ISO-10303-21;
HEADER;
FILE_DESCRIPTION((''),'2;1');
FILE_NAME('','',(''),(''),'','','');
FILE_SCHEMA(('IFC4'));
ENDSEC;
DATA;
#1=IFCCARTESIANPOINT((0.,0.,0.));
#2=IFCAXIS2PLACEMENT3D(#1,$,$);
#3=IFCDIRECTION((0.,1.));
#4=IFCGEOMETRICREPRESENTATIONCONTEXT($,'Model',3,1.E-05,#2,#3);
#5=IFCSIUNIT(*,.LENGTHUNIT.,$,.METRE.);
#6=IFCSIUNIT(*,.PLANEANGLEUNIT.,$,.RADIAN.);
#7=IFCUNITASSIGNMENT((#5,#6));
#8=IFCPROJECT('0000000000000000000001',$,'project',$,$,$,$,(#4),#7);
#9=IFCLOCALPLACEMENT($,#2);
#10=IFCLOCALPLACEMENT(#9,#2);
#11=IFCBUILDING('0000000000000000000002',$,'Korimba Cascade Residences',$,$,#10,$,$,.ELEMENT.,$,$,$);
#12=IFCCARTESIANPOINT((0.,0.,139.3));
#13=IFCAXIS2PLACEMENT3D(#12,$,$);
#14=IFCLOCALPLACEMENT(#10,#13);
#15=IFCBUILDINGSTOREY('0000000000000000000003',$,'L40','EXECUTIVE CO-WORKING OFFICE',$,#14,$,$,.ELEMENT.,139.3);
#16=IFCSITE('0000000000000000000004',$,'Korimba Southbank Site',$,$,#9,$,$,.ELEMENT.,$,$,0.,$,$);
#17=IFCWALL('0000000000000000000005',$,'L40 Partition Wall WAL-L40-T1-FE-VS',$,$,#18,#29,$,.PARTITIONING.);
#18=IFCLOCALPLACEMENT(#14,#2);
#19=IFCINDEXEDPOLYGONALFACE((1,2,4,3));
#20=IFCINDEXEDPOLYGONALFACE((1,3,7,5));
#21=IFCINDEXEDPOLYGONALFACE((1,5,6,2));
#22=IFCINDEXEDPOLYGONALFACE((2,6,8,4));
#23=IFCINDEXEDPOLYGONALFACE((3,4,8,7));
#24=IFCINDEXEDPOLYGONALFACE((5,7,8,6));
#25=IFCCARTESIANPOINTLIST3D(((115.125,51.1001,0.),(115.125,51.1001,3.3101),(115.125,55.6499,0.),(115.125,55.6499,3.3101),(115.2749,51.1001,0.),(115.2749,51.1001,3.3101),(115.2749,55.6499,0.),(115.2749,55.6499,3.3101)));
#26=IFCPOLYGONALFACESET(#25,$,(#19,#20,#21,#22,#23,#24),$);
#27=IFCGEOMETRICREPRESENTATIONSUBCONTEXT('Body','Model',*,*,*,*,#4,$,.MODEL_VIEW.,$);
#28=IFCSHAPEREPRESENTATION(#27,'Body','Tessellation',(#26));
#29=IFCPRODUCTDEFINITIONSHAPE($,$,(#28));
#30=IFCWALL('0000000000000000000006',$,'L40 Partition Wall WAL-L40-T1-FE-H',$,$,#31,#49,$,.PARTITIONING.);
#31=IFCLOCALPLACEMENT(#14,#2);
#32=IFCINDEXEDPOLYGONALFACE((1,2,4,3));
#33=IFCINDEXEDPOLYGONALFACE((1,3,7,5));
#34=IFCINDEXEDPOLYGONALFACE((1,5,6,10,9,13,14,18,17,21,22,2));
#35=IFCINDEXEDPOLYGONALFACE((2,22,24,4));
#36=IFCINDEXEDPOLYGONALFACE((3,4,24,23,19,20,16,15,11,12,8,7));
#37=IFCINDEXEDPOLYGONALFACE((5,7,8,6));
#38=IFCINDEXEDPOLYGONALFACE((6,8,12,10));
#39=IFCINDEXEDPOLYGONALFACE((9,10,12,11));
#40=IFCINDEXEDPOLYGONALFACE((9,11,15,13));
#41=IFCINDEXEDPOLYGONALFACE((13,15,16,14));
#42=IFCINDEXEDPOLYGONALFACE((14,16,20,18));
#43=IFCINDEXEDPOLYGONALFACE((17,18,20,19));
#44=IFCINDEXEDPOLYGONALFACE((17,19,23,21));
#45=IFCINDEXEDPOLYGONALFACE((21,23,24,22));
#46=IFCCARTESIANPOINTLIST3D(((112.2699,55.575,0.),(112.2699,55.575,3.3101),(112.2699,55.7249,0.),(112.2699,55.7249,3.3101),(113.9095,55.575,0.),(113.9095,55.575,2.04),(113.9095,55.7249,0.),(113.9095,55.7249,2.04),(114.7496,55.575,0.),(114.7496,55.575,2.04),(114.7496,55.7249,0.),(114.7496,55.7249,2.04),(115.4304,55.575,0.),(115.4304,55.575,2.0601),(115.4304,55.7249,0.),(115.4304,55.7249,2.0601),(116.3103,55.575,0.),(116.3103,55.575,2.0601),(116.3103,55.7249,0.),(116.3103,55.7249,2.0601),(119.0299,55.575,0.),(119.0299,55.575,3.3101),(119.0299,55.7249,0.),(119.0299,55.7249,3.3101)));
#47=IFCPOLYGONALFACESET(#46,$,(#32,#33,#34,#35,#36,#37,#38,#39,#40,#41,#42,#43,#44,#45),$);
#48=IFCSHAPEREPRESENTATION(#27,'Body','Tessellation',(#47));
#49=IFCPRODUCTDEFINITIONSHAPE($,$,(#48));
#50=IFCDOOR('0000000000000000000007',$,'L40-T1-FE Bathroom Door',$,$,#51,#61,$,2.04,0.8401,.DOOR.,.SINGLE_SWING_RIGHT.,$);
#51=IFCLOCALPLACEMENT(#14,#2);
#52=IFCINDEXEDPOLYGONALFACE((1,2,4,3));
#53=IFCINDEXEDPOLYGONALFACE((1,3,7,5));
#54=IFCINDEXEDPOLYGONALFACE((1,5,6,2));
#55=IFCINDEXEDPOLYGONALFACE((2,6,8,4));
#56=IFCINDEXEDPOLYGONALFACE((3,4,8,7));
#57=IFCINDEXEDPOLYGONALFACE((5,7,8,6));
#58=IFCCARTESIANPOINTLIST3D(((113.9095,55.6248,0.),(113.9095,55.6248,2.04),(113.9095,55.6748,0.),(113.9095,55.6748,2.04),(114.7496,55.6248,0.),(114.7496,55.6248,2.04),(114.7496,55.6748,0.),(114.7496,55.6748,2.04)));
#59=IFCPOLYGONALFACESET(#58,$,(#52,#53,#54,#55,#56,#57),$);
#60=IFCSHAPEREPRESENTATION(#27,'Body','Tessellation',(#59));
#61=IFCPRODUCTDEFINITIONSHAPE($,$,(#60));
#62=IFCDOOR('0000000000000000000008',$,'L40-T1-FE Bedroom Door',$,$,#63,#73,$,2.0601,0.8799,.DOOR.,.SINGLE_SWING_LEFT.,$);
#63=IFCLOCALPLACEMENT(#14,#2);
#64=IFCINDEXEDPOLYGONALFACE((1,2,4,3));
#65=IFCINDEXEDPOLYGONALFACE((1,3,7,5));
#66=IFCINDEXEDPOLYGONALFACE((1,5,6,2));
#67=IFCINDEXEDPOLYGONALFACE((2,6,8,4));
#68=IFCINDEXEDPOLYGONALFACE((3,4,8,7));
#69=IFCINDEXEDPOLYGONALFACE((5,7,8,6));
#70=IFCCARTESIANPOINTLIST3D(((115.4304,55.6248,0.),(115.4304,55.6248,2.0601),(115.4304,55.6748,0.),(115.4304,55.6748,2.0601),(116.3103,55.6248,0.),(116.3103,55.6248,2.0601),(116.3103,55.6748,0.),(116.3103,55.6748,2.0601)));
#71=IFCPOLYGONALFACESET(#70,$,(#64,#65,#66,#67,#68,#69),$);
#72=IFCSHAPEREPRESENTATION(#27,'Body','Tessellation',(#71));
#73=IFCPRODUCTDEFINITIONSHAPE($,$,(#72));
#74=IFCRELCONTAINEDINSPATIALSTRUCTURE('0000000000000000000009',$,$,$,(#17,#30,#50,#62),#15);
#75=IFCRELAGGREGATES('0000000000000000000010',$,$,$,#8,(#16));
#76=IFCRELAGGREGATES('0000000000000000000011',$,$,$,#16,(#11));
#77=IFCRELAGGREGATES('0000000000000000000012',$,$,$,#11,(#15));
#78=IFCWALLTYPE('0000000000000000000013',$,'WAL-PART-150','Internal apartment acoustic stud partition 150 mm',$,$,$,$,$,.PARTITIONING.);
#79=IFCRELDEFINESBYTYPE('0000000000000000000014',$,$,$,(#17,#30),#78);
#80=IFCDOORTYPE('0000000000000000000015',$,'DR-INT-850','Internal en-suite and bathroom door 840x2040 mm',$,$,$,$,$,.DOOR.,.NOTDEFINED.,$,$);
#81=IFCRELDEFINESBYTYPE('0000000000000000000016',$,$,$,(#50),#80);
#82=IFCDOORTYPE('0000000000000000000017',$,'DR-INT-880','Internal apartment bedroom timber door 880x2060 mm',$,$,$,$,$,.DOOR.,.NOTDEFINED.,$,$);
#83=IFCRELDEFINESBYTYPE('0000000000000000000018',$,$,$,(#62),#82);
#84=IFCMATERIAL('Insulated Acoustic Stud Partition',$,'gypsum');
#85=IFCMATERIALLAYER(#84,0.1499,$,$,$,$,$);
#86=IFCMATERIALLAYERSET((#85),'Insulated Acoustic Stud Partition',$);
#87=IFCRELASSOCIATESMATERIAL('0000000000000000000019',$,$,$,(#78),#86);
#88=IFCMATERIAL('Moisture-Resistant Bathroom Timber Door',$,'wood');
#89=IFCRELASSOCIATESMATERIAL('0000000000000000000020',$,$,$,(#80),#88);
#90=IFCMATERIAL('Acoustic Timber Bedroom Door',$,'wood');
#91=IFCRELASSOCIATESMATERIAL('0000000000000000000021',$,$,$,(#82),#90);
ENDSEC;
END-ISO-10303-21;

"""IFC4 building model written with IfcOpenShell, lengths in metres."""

from ifc_helpers import new_model, si_unit, direction, frame, frame_2d, origin, place, context, subcontext, project, spatial, rectangle, extrude, material, layer, layer_set, type_object, element, fill, save


model = new_model("IFC4")

# Units and contexts
model_context = context("Model", 3, precision=1e-05, world=origin(), true_north=direction((0.0, 1.0)))
body_context = subcontext(model_context, "Body", "Model", "MODEL_VIEW")
ifc_project = project(units=[si_unit("LENGTHUNIT", "METRE"), si_unit("PLANEANGLEUNIT", "RADIAN")], contexts=[model_context])

# Site, building, storey
site_placement = place(None, origin())
site = spatial("IfcSite", under=ifc_project, at=site_placement, Name="Korimba Southbank Site", CompositionType="ELEMENT", RefElevation=0.0)
building_placement = place(site_placement, origin())
building = spatial("IfcBuilding", under=site, at=building_placement, Name="Korimba Cascade Residences", CompositionType="ELEMENT")
storey_placement = place(building_placement, frame((0.0, 0.0, 139.3)))
storey = spatial("IfcBuildingStorey", under=building, at=storey_placement, Name="L40", Description="EXECUTIVE CO-WORKING OFFICE", CompositionType="ELEMENT", Elevation=139.3)

# Shared definitions
ifc_material_1 = material(Name="Insulated Acoustic Stud Partition", Category="gypsum")
ifc_layer_1 = layer(ifc_material_1, 0.1499)
ifc_layer_set_1 = layer_set([ifc_layer_1], Name="Insulated Acoustic Stud Partition")
wall_type_1 = type_object("IfcWallType", Name="WAL-PART-150", Description="Internal apartment acoustic stud partition 150 mm", PredefinedType="PARTITIONING", material=ifc_layer_set_1)
ifc_material_2 = material(Name="Moisture-Resistant Bathroom Timber Door", Category="wood")
door_type_1 = type_object("IfcDoorType", Name="DR-INT-850", Description="Internal en-suite and bathroom door 840x2040 mm", OperationType="NOTDEFINED", PredefinedType="DOOR", material=ifc_material_2)
ifc_material_3 = material(Name="Acoustic Timber Bedroom Door", Category="wood")
door_type_2 = type_object("IfcDoorType", Name="DR-INT-880", Description="Internal apartment bedroom timber door 880x2060 mm", OperationType="NOTDEFINED", PredefinedType="DOOR", material=ifc_material_3)

# Wall
wall_1_placement = place(storey_placement, frame((115.2, 51.1001, 0.0), z_axis=(0.0, 0.0, 1.0), x_axis=(0.0, 1.0, 0.0)))
element("IfcWall", 1, at=wall_1_placement, inside=storey, type_object=wall_type_1, Name="L40 Partition Wall WAL-L40-T1-FE-VS", PredefinedType="PARTITIONING", context=body_context, shape_type="SweptSolid", body=[
    extrude(rectangle(XDim=4.5498, YDim=0.1499, at=frame_2d((2.2749, 0.0))), origin(), (0.0, 0.0, 1.0), 3.3101),
])

# Wall, openings, doors
wall_2_placement = place(storey_placement, frame((112.27, 55.6499, 0.0), z_axis=(0.0, 0.0, 1.0), x_axis=(1.0, 0.0, 0.0)))
wall_2 = element("IfcWall", 2, at=wall_2_placement, inside=storey, type_object=wall_type_1, Name="L40 Partition Wall WAL-L40-T1-FE-H", PredefinedType="PARTITIONING", context=body_context, shape_type="SweptSolid", body=[
    extrude(rectangle(XDim=6.76, YDim=0.1499, at=frame_2d((3.3799, 0.0))), origin(), (0.0, 0.0, 1.0), 3.3101),
])
opening_1_placement = place(wall_2_placement, frame((1.6396, 0.0, 0.0)))
opening_1 = element("IfcOpeningElement", 3, at=opening_1_placement, cuts=wall_2, PredefinedType="OPENING", context=body_context, shape_type="SweptSolid", body=[
    extrude(rectangle(XDim=0.8401, YDim=2.04, at=frame_2d((0.4199, 1.02))), frame((0.0, 0.085, 0.0), z_axis=(0.0, -1.0, 0.0), x_axis=(1.0, 0.0, 0.0)), (0.0, 0.0, 1.0), 0.1699),
])
opening_2_placement = place(wall_2_placement, frame((3.1604, 0.0, 0.0)))
opening_2 = element("IfcOpeningElement", 4, at=opening_2_placement, cuts=wall_2, PredefinedType="OPENING", context=body_context, shape_type="SweptSolid", body=[
    extrude(rectangle(XDim=0.8799, YDim=2.0601, at=frame_2d((0.4399, 1.03))), frame((0.0, 0.085, 0.0), z_axis=(0.0, -1.0, 0.0), x_axis=(1.0, 0.0, 0.0)), (0.0, 0.0, 1.0), 0.1699),
])
door_1_placement = place(opening_1_placement, origin())
door_1 = element("IfcDoor", 5, at=door_1_placement, inside=storey, type_object=door_type_1, Name="L40-T1-FE Bathroom Door", OperationType="SINGLE_SWING_RIGHT", OverallHeight=2.04, OverallWidth=0.8401, PredefinedType="DOOR", context=body_context, shape_type="SweptSolid", body=[
    extrude(rectangle(XDim=0.8401, YDim=2.04, at=frame_2d((0.4199, 1.02))), frame((0.0, 0.0249, 0.0), z_axis=(0.0, -1.0, 0.0), x_axis=(1.0, 0.0, 0.0)), (0.0, 0.0, 1.0), 0.05),
])
fill(opening_1, door_1)
door_2_placement = place(opening_2_placement, origin())
door_2 = element("IfcDoor", 6, at=door_2_placement, inside=storey, type_object=door_type_2, Name="L40-T1-FE Bedroom Door", OperationType="SINGLE_SWING_LEFT", OverallHeight=2.0601, OverallWidth=0.8799, PredefinedType="DOOR", context=body_context, shape_type="SweptSolid", body=[
    extrude(rectangle(XDim=0.8799, YDim=2.0601, at=frame_2d((0.4399, 1.03))), frame((0.0, 0.0249, 0.0), z_axis=(0.0, -1.0, 0.0), x_axis=(1.0, 0.0, 0.0)), (0.0, 0.0, 1.0), 0.05),
])
fill(opening_2, door_2)

save(model, "model.ifc")
